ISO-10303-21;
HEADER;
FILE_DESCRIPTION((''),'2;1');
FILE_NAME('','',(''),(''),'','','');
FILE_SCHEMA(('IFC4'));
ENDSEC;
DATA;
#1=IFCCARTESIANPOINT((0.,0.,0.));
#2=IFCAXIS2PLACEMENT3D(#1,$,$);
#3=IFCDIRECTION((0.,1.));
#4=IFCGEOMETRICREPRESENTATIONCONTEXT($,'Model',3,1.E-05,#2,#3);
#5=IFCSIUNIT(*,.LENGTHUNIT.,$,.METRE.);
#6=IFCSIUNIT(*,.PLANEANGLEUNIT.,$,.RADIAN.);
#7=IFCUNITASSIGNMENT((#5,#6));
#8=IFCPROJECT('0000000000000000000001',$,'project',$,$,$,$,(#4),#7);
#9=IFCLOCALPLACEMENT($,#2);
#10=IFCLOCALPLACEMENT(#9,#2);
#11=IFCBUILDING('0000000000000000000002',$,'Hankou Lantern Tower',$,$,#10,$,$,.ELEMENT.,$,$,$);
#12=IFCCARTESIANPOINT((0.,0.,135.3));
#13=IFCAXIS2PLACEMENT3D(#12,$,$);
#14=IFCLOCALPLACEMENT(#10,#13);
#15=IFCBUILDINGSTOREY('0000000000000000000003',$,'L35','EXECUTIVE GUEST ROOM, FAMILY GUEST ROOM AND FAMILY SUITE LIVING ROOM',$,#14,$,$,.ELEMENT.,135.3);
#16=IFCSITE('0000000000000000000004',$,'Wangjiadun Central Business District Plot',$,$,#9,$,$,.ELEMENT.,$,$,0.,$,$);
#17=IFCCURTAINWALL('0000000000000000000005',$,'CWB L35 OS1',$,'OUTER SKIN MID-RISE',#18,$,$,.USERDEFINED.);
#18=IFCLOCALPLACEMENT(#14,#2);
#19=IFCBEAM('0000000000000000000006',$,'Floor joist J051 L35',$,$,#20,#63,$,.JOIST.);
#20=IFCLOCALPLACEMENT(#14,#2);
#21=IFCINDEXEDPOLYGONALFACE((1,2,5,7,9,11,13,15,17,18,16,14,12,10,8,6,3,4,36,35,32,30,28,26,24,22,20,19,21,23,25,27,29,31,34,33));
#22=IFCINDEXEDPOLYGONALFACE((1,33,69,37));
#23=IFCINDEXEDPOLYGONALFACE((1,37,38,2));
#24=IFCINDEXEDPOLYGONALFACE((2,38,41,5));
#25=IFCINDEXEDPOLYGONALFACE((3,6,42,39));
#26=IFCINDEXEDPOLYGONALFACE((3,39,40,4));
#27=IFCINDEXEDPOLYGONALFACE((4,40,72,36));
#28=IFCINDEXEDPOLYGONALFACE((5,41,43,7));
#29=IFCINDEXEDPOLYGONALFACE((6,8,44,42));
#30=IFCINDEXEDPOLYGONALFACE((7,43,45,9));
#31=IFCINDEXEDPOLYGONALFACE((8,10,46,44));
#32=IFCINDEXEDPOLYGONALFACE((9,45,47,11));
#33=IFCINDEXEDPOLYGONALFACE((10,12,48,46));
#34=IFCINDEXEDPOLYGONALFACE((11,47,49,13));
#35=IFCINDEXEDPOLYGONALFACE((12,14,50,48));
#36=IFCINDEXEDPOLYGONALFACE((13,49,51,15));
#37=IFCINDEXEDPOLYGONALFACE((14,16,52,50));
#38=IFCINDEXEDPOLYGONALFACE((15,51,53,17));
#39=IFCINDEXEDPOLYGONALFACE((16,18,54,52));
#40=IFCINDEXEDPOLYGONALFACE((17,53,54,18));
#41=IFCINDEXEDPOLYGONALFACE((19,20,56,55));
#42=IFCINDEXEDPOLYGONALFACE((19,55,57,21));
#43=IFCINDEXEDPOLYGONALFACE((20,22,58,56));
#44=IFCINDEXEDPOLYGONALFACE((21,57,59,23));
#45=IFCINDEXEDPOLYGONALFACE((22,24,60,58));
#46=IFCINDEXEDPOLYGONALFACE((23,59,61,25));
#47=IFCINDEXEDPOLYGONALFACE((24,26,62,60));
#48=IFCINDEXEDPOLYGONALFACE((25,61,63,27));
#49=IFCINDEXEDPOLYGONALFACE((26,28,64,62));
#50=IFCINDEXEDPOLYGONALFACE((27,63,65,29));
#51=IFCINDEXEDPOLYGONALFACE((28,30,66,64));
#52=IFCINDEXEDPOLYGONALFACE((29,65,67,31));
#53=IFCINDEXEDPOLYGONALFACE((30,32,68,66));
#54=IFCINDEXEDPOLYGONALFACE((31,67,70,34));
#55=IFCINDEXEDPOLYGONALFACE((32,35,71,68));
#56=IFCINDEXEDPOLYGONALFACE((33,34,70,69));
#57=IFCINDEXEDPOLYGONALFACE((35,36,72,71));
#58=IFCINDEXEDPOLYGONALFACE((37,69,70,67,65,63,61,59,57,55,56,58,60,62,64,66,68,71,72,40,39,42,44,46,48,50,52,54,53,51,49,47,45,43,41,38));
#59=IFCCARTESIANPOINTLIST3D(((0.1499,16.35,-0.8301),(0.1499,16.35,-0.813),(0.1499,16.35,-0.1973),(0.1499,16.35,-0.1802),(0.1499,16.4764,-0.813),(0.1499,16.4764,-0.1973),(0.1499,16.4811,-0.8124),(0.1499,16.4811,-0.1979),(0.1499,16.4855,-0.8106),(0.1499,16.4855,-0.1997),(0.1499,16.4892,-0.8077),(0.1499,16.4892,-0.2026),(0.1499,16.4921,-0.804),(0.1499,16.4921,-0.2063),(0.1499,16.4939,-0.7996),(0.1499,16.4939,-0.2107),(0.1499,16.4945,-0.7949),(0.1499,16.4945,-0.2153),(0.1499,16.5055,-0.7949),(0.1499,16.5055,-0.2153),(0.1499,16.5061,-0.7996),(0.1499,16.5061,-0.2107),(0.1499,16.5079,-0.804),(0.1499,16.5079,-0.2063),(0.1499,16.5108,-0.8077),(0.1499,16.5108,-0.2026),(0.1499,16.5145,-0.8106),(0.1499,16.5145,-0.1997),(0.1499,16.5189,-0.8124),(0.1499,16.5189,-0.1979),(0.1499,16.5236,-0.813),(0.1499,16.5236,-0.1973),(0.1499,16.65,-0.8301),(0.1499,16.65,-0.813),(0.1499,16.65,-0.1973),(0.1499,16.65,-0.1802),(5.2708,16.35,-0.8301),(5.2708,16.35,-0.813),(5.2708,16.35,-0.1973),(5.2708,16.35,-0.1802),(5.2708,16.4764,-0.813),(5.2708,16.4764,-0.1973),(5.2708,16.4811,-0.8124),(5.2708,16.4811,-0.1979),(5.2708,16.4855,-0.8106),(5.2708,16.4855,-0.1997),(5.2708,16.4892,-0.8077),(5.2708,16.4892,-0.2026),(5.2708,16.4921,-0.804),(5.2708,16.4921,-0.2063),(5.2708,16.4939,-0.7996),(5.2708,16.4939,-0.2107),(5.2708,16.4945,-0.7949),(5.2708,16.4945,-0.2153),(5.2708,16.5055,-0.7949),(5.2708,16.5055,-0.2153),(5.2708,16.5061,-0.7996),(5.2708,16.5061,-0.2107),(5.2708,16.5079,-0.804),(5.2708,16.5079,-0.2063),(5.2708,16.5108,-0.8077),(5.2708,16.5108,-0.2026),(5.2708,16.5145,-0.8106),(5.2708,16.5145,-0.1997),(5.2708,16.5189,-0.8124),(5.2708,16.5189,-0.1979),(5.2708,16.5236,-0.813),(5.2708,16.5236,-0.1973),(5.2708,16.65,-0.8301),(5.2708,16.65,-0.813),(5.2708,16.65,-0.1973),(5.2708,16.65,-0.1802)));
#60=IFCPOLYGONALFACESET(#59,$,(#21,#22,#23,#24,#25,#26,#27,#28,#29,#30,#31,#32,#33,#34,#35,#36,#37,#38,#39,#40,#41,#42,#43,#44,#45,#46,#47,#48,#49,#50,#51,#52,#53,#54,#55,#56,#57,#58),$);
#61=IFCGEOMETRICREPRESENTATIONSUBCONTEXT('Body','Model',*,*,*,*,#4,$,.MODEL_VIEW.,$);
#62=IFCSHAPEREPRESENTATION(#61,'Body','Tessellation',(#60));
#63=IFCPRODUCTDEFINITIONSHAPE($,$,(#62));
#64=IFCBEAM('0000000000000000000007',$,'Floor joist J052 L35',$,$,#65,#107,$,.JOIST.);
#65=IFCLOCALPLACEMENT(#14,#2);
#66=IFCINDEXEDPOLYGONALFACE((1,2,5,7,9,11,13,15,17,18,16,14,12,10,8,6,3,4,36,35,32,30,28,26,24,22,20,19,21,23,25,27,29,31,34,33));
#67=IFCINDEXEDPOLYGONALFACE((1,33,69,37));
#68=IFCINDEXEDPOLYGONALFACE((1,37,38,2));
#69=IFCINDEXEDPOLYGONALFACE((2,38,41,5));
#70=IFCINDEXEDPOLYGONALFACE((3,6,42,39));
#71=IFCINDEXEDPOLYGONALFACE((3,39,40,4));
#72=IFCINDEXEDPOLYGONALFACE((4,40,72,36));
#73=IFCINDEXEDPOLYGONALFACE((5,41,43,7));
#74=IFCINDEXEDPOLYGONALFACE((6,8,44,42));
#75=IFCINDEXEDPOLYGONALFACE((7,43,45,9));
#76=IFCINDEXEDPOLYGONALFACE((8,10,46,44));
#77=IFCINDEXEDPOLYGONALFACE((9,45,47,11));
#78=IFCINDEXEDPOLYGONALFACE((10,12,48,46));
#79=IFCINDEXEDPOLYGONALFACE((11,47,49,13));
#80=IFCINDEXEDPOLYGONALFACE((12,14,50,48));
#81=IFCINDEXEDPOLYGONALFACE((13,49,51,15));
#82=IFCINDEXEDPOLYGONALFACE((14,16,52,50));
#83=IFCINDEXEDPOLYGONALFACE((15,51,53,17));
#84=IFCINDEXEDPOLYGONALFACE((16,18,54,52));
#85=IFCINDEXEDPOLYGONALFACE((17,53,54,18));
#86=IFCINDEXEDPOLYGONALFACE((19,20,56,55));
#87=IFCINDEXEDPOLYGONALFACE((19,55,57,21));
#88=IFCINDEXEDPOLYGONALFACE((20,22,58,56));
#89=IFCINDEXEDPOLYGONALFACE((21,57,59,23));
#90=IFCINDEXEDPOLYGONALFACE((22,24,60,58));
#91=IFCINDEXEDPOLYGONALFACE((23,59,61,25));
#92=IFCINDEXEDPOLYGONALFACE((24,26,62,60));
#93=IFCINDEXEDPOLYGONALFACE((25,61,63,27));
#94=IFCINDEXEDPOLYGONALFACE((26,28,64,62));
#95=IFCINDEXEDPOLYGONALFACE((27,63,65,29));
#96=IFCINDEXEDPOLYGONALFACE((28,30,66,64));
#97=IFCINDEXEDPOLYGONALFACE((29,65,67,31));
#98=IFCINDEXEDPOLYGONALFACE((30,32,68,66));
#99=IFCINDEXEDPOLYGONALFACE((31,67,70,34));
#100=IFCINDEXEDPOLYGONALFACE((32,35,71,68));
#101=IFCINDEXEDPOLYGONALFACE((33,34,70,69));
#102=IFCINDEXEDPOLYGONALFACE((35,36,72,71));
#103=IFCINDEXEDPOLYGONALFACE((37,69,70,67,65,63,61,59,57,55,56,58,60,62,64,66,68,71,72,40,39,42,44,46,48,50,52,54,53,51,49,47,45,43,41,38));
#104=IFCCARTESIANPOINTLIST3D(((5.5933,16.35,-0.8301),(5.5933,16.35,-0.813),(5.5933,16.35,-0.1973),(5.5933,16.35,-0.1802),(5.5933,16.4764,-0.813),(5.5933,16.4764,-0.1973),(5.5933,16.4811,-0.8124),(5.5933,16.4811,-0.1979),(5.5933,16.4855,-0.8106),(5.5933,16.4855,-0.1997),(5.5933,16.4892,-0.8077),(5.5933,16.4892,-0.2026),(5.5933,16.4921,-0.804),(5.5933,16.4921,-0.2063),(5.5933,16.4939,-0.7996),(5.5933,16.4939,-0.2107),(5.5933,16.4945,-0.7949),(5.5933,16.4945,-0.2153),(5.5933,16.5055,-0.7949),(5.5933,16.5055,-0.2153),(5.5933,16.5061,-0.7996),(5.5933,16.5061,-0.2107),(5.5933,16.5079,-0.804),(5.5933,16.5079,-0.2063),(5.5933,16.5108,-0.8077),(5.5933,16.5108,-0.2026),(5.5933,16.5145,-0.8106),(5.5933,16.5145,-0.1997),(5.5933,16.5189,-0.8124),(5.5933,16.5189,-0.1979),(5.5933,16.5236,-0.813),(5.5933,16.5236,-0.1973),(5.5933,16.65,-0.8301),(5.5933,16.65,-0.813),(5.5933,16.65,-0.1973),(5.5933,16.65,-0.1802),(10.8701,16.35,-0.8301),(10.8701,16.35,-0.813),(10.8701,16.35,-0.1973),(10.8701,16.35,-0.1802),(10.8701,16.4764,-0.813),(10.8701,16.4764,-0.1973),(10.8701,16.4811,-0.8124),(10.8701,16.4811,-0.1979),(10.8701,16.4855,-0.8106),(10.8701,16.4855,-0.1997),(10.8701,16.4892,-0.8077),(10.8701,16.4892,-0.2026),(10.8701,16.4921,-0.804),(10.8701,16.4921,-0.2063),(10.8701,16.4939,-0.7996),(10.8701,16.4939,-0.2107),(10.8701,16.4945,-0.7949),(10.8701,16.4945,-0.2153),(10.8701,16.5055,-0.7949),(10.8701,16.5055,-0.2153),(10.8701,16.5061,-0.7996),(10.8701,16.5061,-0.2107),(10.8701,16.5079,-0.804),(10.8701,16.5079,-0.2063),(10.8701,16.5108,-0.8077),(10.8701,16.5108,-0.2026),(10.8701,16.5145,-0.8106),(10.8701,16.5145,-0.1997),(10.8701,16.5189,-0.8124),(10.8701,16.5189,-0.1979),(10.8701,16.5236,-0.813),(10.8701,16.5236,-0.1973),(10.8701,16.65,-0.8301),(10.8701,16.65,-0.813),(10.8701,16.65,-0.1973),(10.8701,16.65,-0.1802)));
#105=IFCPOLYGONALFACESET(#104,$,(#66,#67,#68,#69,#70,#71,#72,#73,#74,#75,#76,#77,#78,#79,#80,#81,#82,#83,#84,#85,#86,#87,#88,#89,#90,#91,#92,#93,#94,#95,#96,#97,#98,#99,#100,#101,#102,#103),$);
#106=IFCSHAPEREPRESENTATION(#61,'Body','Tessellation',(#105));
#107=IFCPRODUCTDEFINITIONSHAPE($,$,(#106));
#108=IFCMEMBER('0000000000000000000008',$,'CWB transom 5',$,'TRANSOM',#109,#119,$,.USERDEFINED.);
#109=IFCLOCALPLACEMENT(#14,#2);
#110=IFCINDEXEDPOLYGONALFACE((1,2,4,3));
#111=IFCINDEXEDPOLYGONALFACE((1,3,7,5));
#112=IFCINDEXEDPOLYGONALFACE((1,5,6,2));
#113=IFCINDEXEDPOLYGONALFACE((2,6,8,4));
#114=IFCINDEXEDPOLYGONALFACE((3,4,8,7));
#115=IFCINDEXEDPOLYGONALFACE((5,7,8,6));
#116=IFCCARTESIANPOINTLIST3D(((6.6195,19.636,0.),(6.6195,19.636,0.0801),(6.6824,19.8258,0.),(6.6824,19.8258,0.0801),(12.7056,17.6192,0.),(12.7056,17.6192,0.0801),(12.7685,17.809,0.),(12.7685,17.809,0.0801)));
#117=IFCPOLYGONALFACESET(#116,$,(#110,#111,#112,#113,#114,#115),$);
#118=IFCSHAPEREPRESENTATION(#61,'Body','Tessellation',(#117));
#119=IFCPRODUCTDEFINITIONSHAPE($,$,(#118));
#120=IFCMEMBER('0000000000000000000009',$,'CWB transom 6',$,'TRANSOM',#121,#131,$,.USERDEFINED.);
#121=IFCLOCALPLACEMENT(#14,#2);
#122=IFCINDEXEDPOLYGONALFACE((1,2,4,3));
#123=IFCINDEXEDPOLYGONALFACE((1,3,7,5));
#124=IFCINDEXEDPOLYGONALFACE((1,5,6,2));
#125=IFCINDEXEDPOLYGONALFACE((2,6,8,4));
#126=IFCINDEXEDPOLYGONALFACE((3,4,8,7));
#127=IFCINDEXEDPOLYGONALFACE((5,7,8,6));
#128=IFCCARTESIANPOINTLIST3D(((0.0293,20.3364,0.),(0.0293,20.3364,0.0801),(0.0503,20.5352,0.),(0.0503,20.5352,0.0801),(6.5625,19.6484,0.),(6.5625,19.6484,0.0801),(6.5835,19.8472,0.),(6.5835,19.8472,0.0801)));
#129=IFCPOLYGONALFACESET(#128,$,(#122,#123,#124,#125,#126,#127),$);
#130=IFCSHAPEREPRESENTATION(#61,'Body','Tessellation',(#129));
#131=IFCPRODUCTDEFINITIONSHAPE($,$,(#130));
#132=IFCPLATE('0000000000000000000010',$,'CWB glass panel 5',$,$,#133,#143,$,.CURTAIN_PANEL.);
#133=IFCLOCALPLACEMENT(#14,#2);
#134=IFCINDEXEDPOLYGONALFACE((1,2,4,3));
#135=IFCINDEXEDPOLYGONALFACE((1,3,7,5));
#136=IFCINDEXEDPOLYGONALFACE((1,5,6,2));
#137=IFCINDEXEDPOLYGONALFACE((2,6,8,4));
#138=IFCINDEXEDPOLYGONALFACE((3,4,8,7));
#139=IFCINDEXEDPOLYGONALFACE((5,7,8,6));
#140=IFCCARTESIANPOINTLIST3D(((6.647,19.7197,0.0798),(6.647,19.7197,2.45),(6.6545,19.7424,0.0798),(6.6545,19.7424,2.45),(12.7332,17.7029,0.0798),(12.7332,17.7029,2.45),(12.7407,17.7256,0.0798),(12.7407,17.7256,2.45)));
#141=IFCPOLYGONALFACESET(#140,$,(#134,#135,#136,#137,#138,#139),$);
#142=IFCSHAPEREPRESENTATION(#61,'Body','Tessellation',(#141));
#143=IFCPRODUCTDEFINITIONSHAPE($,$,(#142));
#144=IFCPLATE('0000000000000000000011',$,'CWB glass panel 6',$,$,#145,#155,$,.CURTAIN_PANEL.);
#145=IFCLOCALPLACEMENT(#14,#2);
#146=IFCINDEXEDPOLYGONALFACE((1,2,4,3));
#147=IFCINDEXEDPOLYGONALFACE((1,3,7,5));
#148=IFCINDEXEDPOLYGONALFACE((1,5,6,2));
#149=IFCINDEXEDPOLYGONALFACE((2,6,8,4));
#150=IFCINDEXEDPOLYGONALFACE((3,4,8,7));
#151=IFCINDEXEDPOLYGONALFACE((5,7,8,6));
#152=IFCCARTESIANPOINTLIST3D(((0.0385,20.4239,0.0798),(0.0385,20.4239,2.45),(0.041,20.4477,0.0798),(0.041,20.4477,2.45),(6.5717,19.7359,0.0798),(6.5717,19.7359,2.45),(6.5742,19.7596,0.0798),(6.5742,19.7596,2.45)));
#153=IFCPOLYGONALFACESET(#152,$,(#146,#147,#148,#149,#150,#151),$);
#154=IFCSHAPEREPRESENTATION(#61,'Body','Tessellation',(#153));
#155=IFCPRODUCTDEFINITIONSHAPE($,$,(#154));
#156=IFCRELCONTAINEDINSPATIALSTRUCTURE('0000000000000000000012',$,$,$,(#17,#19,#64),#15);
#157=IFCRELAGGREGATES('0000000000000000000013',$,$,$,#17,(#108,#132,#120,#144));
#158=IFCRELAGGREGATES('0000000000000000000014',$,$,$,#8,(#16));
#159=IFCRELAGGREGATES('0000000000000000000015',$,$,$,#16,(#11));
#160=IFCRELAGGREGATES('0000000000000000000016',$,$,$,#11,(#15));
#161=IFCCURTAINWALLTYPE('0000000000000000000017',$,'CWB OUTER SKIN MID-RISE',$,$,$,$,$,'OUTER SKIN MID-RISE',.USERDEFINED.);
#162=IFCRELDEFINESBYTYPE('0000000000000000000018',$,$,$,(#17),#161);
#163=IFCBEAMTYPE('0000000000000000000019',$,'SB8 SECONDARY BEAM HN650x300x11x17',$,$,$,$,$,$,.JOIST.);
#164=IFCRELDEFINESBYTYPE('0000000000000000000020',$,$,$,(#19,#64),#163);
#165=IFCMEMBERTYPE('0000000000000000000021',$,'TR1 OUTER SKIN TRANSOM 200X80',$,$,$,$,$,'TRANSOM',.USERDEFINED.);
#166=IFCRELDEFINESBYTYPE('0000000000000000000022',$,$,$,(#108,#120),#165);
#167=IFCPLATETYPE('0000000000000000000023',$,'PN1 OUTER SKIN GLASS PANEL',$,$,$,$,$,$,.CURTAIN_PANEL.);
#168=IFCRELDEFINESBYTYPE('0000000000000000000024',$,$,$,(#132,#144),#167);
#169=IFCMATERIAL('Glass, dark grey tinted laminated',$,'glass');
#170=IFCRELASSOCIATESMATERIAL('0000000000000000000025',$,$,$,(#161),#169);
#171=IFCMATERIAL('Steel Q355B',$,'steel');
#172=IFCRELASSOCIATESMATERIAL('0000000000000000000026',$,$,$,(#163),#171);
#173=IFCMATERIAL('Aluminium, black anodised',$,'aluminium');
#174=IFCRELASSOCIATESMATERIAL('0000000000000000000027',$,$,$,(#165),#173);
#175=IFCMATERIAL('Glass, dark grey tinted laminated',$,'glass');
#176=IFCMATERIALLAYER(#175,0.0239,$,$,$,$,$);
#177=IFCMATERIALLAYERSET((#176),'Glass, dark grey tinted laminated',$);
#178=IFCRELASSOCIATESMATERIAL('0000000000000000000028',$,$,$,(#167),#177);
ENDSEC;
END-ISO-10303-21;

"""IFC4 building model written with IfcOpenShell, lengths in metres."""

from ifc_helpers import new_model, si_unit, direction, frame, origin, origin_2d, place, context, subcontext, project, spatial, rectangle, i_section, extrude, material, layer, layer_set, material_profile, profile_set, type_object, element, aggregate, save


model = new_model("IFC4")

# Units and contexts
model_context = context("Model", 3, precision=1e-05, world=origin(), true_north=direction((0.0, 1.0)))
body_context = subcontext(model_context, "Body", "Model", "MODEL_VIEW")
ifc_project = project(units=[si_unit("LENGTHUNIT", "METRE"), si_unit("PLANEANGLEUNIT", "RADIAN")], contexts=[model_context])

# Site, building, storey
site_placement = place(None, origin())
site = spatial("IfcSite", under=ifc_project, at=site_placement, Name="Wangjiadun Central Business District Plot", CompositionType="ELEMENT", RefElevation=0.0)
building_placement = place(site_placement, origin())
building = spatial("IfcBuilding", under=site, at=building_placement, Name="Hankou Lantern Tower", CompositionType="ELEMENT")
storey_placement = place(building_placement, frame((0.0, 0.0, 135.3)))
storey = spatial("IfcBuildingStorey", under=building, at=storey_placement, Name="L35", Description="EXECUTIVE GUEST ROOM, FAMILY GUEST ROOM AND FAMILY SUITE LIVING ROOM", CompositionType="ELEMENT", Elevation=135.3)

# Curtain wall
ifc_material_1 = material(Name="Glass, dark grey tinted laminated", Category="glass")
curtain_wall_type = type_object("IfcCurtainWallType", Name="CWB OUTER SKIN MID-RISE", ElementType="OUTER SKIN MID-RISE", PredefinedType="USERDEFINED", material=ifc_material_1)
curtain_wall_placement = place(storey_placement, origin())
curtain_wall = element("IfcCurtainWall", 1, at=curtain_wall_placement, inside=storey, type_object=curtain_wall_type, Name="CWB L35 OS1", ObjectType="OUTER SKIN MID-RISE", PredefinedType="USERDEFINED")

# Beams
ifc_material_2 = material(Name="Steel Q355B", Category="steel")
ifc_material_profile_1 = material_profile(ifc_material_2, i_section(OverallWidth=0.3, OverallDepth=0.6499, WebThickness=0.011, FlangeThickness=0.0171, FilletRadius=0.0181, at=origin_2d()), Name="HN650x300x11x17")
ifc_profile_set_1 = profile_set([ifc_material_profile_1], Name="Steel Q355B")
beam_type_1 = type_object("IfcBeamType", Name="SB8 SECONDARY BEAM HN650x300x11x17", PredefinedType="JOIST", material=ifc_profile_set_1)
beam_1_placement = place(storey_placement, frame((0.1499, 16.5, -0.5051), z_axis=(1.0, 0.0, 0.0), x_axis=(0.0, 1.0, 0.0)))
element("IfcBeam", 2, at=beam_1_placement, inside=storey, type_object=beam_type_1, Name="Floor joist J051 L35", PredefinedType="JOIST", context=body_context, shape_type="SweptSolid", body=[
    extrude(i_section(OverallWidth=0.3, OverallDepth=0.6499, WebThickness=0.011, FlangeThickness=0.0171, FilletRadius=0.0181, at=origin_2d()), origin(), (0.0, 0.0, 1.0), 5.1208),
])
beam_2_placement = place(storey_placement, frame((5.5933, 16.5, -0.5051), z_axis=(1.0, 0.0, 0.0), x_axis=(0.0, 1.0, 0.0)))
element("IfcBeam", 3, at=beam_2_placement, inside=storey, type_object=beam_type_1, Name="Floor joist J052 L35", PredefinedType="JOIST", context=body_context, shape_type="SweptSolid", body=[
    extrude(i_section(OverallWidth=0.3, OverallDepth=0.6499, WebThickness=0.011, FlangeThickness=0.0171, FilletRadius=0.0181, at=origin_2d()), origin(), (0.0, 0.0, 1.0), 5.2769),
])

# Members
ifc_material_3 = material(Name="Aluminium, black anodised", Category="aluminium")
ifc_material_profile_2 = material_profile(ifc_material_3, rectangle(XDim=0.2, YDim=0.0801, at=origin_2d()), Name="TR1 200X80")
ifc_profile_set_2 = profile_set([ifc_material_profile_2], Name="Aluminium, black anodised")
member_type_1 = type_object("IfcMemberType", Name="TR1 OUTER SKIN TRANSOM 200X80", ElementType="TRANSOM", PredefinedType="USERDEFINED", material=ifc_profile_set_2)
member_1_placement = place(storey_placement, frame((12.7371, 17.7141, 0.04), z_axis=(-0.949238, 0.314559, 0.0), x_axis=(-0.314559, -0.949238, 0.0)))
member_1 = element("IfcMember", 4, at=member_1_placement, type_object=member_type_1, Name="CWB transom 5", ObjectType="TRANSOM", PredefinedType="USERDEFINED", context=body_context, shape_type="SweptSolid", body=[
    extrude(rectangle(XDim=0.2, YDim=0.0801, at=origin_2d()), origin(), (0.0, 0.0, 1.0), 6.4116),
])
member_2_placement = place(storey_placement, frame((6.573, 19.7478, 0.04), z_axis=(-0.994501, 0.104727, 0.0), x_axis=(-0.104727, -0.994501, 0.0)))
member_2 = element("IfcMember", 5, at=member_2_placement, type_object=member_type_1, Name="CWB transom 6", ObjectType="TRANSOM", PredefinedType="USERDEFINED", context=body_context, shape_type="SweptSolid", body=[
    extrude(rectangle(XDim=0.2, YDim=0.0801, at=origin_2d()), origin(), (0.0, 0.0, 1.0), 6.5693),
])

# Plates
ifc_material_4 = material(Name="Glass, dark grey tinted laminated", Category="glass")
ifc_layer_1 = layer(ifc_material_4, 0.0239)
ifc_layer_set_1 = layer_set([ifc_layer_1], Name="Glass, dark grey tinted laminated")
plate_type = type_object("IfcPlateType", Name="PN1 OUTER SKIN GLASS PANEL", PredefinedType="CURTAIN_PANEL", material=ifc_layer_set_1)
plate_1_placement = place(storey_placement, frame((9.6938, 18.7227, 0.0798), z_axis=(0.0, 0.0, 1.0), x_axis=(-0.949241, 0.314551, 0.0)))
plate_1 = element("IfcPlate", 6, at=plate_1_placement, type_object=plate_type, Name="CWB glass panel 5", PredefinedType="CURTAIN_PANEL", context=body_context, shape_type="SweptSolid", body=[
    extrude(rectangle(XDim=6.4116, YDim=0.0239, at=origin_2d()), origin(), (0.0, 0.0, 1.0), 2.3701),
])
plate_2_placement = place(storey_placement, frame((3.3064, 20.0918, 0.0798), z_axis=(0.0, 0.0, 1.0), x_axis=(-0.994499, 0.104743, 0.0)))
plate_2 = element("IfcPlate", 7, at=plate_2_placement, type_object=plate_type, Name="CWB glass panel 6", PredefinedType="CURTAIN_PANEL", context=body_context, shape_type="SweptSolid", body=[
    extrude(rectangle(XDim=6.5693, YDim=0.0239, at=origin_2d()), origin(), (0.0, 0.0, 1.0), 2.3701),
])
aggregate(curtain_wall, [member_1, plate_1, member_2, plate_2])

save(model, "model.ifc")
